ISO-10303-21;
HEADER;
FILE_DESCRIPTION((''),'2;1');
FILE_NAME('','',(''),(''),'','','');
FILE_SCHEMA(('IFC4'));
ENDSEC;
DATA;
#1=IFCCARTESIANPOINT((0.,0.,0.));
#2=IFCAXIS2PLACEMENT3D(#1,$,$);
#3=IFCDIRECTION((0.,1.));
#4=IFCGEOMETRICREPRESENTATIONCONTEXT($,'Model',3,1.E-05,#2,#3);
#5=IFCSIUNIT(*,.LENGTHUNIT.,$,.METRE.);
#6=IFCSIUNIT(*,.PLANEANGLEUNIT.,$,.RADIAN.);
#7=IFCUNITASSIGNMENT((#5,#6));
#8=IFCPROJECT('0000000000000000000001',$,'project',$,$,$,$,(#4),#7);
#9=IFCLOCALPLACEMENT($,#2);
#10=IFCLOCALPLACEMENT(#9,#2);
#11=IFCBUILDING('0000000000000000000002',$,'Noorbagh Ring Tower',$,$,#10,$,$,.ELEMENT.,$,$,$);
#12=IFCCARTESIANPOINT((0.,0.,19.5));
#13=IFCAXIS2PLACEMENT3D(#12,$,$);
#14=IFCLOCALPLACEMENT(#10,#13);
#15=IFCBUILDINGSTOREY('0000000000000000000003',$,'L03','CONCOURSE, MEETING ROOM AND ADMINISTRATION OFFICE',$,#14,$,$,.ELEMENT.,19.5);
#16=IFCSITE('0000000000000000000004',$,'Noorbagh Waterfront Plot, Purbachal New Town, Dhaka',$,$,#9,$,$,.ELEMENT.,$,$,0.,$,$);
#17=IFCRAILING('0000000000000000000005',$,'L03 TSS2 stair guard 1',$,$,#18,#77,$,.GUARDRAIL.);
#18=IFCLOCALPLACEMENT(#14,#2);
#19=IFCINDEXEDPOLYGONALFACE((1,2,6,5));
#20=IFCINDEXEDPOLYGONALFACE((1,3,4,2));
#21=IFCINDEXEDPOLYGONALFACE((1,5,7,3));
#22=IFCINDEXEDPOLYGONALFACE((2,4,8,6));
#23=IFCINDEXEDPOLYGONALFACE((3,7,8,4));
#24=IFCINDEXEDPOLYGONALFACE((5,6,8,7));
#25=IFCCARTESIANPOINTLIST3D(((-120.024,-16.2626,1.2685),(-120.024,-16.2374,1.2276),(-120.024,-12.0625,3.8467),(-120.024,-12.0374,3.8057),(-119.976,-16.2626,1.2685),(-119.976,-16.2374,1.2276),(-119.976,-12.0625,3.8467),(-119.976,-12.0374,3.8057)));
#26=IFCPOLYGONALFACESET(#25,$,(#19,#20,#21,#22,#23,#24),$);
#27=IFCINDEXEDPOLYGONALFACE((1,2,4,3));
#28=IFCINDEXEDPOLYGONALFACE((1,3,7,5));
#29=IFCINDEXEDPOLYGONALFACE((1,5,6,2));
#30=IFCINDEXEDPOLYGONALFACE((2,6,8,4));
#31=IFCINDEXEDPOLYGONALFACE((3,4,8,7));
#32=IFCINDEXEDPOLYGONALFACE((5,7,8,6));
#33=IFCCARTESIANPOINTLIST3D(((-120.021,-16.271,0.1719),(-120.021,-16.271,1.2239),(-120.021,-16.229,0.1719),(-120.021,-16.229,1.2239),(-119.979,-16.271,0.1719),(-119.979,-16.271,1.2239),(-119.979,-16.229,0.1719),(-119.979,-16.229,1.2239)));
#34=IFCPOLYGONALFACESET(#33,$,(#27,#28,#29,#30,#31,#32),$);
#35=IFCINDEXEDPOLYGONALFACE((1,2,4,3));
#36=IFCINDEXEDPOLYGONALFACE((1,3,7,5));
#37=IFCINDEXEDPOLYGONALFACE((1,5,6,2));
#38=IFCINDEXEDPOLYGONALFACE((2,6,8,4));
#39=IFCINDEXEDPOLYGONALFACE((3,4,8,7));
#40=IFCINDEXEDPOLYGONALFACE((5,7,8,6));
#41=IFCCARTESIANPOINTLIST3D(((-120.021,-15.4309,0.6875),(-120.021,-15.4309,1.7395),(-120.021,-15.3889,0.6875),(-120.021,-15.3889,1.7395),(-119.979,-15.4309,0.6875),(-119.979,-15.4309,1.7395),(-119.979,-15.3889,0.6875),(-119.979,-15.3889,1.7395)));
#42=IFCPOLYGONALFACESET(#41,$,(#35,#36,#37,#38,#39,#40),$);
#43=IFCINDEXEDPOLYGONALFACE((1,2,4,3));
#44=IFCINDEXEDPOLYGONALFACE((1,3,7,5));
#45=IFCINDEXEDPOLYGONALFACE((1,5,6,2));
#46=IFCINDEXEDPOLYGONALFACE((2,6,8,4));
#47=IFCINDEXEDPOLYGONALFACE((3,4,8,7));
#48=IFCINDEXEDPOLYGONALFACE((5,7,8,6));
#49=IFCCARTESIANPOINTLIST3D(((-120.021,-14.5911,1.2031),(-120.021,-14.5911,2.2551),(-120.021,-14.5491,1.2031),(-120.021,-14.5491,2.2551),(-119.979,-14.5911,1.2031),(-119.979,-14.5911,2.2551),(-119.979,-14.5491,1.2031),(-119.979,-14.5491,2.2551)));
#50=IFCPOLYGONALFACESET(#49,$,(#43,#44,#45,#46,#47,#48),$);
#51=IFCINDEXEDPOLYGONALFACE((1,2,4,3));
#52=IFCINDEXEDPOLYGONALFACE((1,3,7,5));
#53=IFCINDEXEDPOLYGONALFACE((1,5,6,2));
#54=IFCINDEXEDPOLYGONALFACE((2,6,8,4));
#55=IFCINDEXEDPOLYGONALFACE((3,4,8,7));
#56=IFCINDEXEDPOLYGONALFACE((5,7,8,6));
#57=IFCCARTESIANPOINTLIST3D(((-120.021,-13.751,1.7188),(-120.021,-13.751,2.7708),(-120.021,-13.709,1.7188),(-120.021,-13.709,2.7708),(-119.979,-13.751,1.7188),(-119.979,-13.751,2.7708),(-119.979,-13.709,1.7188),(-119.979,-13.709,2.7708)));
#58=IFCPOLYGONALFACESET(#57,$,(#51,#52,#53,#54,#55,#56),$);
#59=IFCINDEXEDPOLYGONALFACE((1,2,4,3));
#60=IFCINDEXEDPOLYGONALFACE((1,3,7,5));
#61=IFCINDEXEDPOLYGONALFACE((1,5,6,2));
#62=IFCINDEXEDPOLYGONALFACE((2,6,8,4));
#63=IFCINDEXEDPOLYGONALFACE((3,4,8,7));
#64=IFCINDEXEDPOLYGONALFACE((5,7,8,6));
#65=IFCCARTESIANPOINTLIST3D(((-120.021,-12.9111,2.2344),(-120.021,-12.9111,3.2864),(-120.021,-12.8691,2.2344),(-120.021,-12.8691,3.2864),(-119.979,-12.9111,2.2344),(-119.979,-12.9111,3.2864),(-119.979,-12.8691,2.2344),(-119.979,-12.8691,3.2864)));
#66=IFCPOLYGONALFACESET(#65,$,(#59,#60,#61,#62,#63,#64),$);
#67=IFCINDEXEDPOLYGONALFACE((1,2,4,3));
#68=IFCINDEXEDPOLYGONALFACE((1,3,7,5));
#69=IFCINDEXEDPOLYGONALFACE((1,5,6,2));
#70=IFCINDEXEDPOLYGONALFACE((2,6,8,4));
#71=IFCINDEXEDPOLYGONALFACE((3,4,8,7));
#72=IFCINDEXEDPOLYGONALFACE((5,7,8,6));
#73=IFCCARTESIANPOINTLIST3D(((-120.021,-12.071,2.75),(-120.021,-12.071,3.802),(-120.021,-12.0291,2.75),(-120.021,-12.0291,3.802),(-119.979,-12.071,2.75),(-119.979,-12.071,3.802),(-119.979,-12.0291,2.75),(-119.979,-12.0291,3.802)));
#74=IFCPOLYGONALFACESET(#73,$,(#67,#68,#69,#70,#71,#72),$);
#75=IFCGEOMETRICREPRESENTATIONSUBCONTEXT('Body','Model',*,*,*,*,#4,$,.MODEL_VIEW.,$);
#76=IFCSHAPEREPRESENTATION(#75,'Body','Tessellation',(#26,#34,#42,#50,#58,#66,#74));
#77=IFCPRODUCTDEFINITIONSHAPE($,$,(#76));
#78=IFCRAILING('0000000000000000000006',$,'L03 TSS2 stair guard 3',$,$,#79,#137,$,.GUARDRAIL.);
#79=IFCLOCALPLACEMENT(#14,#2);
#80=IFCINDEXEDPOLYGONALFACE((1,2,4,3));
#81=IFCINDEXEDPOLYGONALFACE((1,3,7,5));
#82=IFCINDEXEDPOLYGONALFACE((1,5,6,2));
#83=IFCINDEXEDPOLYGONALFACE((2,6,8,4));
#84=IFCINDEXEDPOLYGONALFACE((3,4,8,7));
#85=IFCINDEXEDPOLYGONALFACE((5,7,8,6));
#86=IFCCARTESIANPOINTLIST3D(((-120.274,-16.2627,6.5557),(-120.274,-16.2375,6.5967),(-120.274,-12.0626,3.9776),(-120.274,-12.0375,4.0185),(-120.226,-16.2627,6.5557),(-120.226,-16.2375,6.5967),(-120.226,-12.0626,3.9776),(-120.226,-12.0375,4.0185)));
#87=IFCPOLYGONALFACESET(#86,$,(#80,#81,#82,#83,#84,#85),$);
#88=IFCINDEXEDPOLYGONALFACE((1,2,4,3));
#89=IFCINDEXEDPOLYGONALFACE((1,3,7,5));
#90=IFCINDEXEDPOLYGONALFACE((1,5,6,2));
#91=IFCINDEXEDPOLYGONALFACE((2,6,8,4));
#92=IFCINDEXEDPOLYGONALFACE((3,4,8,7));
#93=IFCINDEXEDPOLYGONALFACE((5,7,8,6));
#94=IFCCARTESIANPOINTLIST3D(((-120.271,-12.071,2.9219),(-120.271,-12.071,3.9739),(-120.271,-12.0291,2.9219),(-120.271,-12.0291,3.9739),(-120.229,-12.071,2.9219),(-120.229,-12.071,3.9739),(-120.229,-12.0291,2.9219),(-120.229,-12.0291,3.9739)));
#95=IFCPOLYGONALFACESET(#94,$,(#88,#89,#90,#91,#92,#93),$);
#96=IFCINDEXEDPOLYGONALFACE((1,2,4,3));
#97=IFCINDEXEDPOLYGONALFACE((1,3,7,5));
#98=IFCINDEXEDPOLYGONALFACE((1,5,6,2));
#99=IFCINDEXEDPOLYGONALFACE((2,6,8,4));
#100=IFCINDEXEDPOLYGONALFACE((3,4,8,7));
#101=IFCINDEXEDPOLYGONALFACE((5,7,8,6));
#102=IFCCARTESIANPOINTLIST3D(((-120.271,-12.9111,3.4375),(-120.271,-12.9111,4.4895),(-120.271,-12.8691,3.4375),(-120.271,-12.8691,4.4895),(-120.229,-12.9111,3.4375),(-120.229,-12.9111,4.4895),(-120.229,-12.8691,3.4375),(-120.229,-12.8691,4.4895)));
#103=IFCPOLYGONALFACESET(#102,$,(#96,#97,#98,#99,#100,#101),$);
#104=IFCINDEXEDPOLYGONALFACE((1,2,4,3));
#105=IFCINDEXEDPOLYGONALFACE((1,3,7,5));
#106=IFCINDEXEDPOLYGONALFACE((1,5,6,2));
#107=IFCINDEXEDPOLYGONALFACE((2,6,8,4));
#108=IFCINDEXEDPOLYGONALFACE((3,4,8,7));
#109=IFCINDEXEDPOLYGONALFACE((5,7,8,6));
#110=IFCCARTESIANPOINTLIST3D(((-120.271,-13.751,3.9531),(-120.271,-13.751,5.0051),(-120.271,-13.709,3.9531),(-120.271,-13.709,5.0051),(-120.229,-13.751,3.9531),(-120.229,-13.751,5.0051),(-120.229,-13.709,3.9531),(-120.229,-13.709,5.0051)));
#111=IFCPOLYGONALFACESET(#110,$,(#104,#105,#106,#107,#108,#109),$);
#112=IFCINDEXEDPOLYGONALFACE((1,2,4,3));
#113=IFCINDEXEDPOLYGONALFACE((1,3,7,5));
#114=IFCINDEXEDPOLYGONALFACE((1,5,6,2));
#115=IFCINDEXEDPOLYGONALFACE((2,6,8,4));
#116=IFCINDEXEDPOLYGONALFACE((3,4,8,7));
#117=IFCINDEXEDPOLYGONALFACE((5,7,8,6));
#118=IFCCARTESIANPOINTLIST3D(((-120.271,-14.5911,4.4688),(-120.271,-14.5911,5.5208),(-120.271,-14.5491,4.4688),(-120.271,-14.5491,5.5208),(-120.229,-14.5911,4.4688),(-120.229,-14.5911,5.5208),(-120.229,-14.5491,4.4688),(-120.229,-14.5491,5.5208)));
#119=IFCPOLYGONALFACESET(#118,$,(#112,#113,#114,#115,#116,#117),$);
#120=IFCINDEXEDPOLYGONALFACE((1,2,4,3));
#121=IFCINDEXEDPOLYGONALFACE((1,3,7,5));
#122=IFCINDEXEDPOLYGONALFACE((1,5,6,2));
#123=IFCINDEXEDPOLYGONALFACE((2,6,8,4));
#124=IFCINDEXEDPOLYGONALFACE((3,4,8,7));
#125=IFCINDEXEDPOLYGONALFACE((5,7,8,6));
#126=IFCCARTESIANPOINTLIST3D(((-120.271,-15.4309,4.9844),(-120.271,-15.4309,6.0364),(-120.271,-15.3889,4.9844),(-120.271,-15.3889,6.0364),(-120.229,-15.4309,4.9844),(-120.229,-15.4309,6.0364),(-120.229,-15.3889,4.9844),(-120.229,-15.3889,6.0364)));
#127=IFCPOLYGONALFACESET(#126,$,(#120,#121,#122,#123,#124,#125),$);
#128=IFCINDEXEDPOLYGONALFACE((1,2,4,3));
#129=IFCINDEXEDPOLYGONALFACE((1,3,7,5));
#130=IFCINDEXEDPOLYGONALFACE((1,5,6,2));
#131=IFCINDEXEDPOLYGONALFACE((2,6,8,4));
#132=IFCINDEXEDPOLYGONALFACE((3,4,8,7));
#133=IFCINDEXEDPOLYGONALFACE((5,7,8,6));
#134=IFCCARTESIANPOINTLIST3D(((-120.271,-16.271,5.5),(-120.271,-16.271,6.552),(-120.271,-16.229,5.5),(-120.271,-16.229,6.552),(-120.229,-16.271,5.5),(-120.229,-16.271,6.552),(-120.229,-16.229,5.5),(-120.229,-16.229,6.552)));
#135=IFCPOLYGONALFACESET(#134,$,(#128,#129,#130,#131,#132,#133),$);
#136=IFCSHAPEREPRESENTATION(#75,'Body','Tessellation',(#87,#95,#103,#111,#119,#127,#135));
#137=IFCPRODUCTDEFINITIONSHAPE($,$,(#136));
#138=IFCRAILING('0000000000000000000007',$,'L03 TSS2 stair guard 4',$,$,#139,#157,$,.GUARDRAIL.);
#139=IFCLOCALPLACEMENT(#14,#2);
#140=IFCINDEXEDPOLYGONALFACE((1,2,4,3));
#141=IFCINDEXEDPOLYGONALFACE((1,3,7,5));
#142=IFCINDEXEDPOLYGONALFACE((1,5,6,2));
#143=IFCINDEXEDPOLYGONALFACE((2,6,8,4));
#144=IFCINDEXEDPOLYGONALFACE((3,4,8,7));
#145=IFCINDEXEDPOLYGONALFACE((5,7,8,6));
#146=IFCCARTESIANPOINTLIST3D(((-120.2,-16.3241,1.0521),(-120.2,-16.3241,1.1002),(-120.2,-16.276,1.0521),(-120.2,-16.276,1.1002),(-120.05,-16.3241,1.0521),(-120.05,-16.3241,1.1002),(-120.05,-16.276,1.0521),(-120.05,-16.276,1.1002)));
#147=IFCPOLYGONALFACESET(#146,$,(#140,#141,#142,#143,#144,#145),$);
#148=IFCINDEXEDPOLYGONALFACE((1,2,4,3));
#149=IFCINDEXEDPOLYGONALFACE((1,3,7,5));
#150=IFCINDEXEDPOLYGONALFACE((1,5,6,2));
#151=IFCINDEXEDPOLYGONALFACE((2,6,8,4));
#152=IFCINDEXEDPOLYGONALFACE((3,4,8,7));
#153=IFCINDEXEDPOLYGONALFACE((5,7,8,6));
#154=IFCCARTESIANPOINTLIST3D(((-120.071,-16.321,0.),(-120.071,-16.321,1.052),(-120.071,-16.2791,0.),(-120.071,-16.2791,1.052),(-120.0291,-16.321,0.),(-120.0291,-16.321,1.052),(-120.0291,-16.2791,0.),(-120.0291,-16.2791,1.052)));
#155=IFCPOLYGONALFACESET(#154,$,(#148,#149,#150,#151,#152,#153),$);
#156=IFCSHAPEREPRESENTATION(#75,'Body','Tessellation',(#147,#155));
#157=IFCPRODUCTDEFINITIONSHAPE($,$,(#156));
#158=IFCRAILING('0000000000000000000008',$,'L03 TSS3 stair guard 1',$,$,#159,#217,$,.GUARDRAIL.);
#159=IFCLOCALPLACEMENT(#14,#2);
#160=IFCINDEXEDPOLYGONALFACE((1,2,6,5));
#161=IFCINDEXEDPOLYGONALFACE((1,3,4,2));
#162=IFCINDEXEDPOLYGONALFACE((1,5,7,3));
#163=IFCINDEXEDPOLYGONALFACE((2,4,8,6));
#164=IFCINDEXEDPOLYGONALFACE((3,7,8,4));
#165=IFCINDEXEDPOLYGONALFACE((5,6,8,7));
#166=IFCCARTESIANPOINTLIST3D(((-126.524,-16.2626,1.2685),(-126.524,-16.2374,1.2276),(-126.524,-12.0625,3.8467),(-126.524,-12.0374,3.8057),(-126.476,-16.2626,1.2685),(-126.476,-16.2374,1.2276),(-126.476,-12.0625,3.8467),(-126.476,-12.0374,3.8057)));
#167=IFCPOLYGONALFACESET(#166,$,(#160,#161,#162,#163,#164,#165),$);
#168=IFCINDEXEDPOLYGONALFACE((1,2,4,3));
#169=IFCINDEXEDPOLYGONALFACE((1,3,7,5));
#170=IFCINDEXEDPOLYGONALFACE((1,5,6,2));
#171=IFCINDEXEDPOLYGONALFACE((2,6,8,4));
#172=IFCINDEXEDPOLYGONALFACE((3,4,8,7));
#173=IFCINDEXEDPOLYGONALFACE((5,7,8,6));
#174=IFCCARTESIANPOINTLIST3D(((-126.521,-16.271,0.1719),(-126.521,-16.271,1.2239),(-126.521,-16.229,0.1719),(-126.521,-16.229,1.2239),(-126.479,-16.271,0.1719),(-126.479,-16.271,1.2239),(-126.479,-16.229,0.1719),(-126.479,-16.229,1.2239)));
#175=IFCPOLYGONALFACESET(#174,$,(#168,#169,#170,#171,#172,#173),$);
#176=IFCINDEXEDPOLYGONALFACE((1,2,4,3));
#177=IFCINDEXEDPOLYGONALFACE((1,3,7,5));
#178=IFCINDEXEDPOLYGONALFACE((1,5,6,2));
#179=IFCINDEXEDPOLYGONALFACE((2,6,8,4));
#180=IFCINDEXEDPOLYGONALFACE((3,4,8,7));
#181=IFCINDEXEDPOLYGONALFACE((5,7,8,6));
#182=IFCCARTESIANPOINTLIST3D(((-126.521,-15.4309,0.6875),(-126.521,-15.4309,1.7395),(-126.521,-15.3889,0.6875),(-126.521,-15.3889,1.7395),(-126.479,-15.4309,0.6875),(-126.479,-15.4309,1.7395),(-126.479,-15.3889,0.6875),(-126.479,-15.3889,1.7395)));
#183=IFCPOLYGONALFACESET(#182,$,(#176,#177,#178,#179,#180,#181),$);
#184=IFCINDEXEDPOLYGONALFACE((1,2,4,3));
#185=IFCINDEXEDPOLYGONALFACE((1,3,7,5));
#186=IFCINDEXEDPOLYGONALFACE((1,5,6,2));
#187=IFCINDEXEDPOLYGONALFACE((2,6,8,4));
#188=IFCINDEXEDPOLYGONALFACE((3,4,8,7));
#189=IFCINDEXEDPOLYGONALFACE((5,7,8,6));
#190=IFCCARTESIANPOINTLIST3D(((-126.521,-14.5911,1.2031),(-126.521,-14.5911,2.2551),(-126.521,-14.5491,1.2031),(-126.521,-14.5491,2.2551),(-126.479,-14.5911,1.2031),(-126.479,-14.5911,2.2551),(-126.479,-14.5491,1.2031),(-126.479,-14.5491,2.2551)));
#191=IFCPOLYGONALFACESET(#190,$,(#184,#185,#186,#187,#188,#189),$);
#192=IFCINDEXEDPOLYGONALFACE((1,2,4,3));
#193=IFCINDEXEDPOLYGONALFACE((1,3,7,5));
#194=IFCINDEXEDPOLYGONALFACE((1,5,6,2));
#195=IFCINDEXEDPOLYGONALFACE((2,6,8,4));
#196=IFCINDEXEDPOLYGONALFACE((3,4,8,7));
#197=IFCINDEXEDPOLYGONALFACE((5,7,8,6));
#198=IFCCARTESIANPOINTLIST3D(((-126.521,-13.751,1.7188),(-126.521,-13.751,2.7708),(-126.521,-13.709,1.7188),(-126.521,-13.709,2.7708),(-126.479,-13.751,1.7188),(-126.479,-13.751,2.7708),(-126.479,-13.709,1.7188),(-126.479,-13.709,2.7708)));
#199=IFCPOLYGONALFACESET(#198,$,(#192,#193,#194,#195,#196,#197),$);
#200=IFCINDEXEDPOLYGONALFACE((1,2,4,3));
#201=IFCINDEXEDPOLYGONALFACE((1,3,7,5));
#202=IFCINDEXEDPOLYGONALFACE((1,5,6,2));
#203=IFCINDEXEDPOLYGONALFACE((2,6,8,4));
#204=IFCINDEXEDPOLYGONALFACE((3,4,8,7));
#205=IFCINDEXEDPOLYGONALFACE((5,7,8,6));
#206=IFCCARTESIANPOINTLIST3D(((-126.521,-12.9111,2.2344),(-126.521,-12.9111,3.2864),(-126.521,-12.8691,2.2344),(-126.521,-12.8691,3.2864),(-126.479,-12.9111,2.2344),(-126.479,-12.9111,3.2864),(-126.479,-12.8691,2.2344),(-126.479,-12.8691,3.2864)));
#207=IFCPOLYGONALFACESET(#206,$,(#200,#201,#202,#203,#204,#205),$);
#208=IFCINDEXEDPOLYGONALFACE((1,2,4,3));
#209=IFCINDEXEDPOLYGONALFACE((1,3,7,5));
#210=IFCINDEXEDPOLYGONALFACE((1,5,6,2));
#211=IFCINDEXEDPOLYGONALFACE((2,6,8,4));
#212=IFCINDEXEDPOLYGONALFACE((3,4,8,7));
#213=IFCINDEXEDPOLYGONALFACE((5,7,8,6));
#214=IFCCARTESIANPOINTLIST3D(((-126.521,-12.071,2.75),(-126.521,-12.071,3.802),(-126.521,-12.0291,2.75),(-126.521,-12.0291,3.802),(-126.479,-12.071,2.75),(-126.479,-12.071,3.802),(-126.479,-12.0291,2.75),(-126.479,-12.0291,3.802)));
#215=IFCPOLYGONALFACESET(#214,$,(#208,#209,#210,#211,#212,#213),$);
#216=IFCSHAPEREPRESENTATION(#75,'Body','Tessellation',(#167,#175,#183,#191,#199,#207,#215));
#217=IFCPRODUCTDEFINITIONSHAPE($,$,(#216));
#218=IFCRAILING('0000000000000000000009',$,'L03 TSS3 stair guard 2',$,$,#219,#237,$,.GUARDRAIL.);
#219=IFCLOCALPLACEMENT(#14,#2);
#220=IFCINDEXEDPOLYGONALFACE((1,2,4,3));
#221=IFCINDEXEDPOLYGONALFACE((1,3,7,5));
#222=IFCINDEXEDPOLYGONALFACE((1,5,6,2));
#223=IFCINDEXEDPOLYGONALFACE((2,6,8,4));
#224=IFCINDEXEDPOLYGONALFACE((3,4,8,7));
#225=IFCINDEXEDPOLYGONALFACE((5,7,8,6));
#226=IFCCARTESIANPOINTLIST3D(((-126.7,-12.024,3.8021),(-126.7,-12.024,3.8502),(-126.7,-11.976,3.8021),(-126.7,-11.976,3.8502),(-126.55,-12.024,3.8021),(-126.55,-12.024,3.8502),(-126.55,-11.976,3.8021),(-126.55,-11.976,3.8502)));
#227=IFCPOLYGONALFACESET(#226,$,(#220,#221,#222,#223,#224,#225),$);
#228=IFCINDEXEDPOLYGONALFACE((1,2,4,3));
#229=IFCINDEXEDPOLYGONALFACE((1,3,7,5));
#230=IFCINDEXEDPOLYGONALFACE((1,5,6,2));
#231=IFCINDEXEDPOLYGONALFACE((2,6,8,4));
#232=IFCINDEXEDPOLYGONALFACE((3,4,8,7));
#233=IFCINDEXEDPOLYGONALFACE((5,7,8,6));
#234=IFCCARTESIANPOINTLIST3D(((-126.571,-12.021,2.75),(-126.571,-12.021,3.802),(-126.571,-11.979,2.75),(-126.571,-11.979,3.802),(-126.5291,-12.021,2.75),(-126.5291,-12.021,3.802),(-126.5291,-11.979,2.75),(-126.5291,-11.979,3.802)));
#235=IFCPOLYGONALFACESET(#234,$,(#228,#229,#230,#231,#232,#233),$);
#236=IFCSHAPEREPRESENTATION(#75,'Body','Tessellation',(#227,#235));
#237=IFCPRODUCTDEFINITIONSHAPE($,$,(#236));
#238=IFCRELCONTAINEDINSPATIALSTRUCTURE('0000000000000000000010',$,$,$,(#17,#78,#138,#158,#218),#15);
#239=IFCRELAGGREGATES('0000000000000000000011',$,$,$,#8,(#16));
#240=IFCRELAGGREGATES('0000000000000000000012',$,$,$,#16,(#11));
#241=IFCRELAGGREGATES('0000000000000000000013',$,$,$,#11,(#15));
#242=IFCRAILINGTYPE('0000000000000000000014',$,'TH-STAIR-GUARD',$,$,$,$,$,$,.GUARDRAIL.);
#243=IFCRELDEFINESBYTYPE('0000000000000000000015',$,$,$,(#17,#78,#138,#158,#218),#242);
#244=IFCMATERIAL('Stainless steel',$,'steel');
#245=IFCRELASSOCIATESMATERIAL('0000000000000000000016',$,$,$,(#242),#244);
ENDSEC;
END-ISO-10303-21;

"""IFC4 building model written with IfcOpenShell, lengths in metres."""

from ifc_helpers import new_model, si_unit, direction, frame, origin, origin_2d, place, context, subcontext, project, spatial, rectangle, extrude, material, type_object, element, save


model = new_model("IFC4")

# Units and contexts
model_context = context("Model", 3, precision=1e-05, world=origin(), true_north=direction((0.0, 1.0)))
body_context = subcontext(model_context, "Body", "Model", "MODEL_VIEW")
ifc_project = project(units=[si_unit("LENGTHUNIT", "METRE"), si_unit("PLANEANGLEUNIT", "RADIAN")], contexts=[model_context])

# Site, building, storey
site_placement = place(None, origin())
site = spatial("IfcSite", under=ifc_project, at=site_placement, Name="Noorbagh Waterfront Plot, Purbachal New Town, Dhaka", CompositionType="ELEMENT", RefElevation=0.0)
building_placement = place(site_placement, origin())
building = spatial("IfcBuilding", under=site, at=building_placement, Name="Noorbagh Ring Tower", CompositionType="ELEMENT")
storey_placement = place(building_placement, frame((0.0, 0.0, 19.5)))
storey = spatial("IfcBuildingStorey", under=building, at=storey_placement, Name="L03", Description="CONCOURSE, MEETING ROOM AND ADMINISTRATION OFFICE", CompositionType="ELEMENT", Elevation=19.5)

# Railings
ifc_material_1 = material(Name="Stainless steel", Category="steel")
railing_type_1 = type_object("IfcRailingType", Name="TH-STAIR-GUARD", PredefinedType="GUARDRAIL", material=ifc_material_1)
railing_1_placement = place(storey_placement, frame((-120.0, -16.25, 0.1719)))
element("IfcRailing", 1, at=railing_1_placement, inside=storey, type_object=railing_type_1, Name="L03 TSS2 stair guard 1", PredefinedType="GUARDRAIL", context=body_context, shape_type="SweptSolid", body=[
    extrude(rectangle(XDim=0.0481, YDim=0.0481, at=origin_2d()), frame((0.0, 0.0, 1.0762), z_axis=(0.0, 0.852243, 0.523146), x_axis=(-1.0, 0.0, 0.0)), (0.0, 0.0, 1.0), 4.9282),
    extrude(rectangle(XDim=0.042, YDim=0.042, at=origin_2d()), origin(), (0.0, 0.0, 1.0), 1.052),
    extrude(rectangle(XDim=0.042, YDim=0.042, at=origin_2d()), frame((0.0, 0.8401, 0.5156)), (0.0, 0.0, 1.0), 1.052),
    extrude(rectangle(XDim=0.042, YDim=0.042, at=origin_2d()), frame((0.0, 1.6799, 1.0312)), (0.0, 0.0, 1.0), 1.052),
    extrude(rectangle(XDim=0.042, YDim=0.042, at=origin_2d()), frame((0.0, 2.52, 1.5469)), (0.0, 0.0, 1.0), 1.052),
    extrude(rectangle(XDim=0.042, YDim=0.042, at=origin_2d()), frame((0.0, 3.3599, 2.0625)), (0.0, 0.0, 1.0), 1.052),
    extrude(rectangle(XDim=0.042, YDim=0.042, at=origin_2d()), frame((0.0, 4.2, 2.5781)), (0.0, 0.0, 1.0), 1.052),
])
railing_2_placement = place(storey_placement, frame((-120.25, -12.05, 2.9219)))
element("IfcRailing", 2, at=railing_2_placement, inside=storey, type_object=railing_type_1, Name="L03 TSS2 stair guard 3", PredefinedType="GUARDRAIL", context=body_context, shape_type="SweptSolid", body=[
    extrude(rectangle(XDim=0.0481, YDim=0.0481, at=origin_2d()), frame((0.0, 0.0, 1.0762), z_axis=(0.0, -0.852243, 0.523146), x_axis=(1.0, 0.0, 0.0)), (0.0, 0.0, 1.0), 4.9282),
    extrude(rectangle(XDim=0.042, YDim=0.042, at=origin_2d()), origin(), (0.0, 0.0, 1.0), 1.052),
    extrude(rectangle(XDim=0.042, YDim=0.042, at=origin_2d()), frame((0.0, -0.8401, 0.5156)), (0.0, 0.0, 1.0), 1.052),
    extrude(rectangle(XDim=0.042, YDim=0.042, at=origin_2d()), frame((0.0, -1.6799, 1.0312)), (0.0, 0.0, 1.0), 1.052),
    extrude(rectangle(XDim=0.042, YDim=0.042, at=origin_2d()), frame((0.0, -2.52, 1.5469)), (0.0, 0.0, 1.0), 1.052),
    extrude(rectangle(XDim=0.042, YDim=0.042, at=origin_2d()), frame((0.0, -3.3599, 2.0625)), (0.0, 0.0, 1.0), 1.052),
    extrude(rectangle(XDim=0.042, YDim=0.042, at=origin_2d()), frame((0.0, -4.2, 2.5781)), (0.0, 0.0, 1.0), 1.052),
])
railing_3_placement = place(storey_placement, frame((-120.05, -16.3, 0.0)))
element("IfcRailing", 3, at=railing_3_placement, inside=storey, type_object=railing_type_1, Name="L03 TSS2 stair guard 4", PredefinedType="GUARDRAIL", context=body_context, shape_type="SweptSolid", body=[
    extrude(rectangle(XDim=0.0481, YDim=0.0481, at=origin_2d()), frame((0.0, 0.0, 1.0762), z_axis=(-1.0, 0.0, 0.0), x_axis=(0.0, -1.0, 0.0)), (0.0, 0.0, 1.0), 0.1499),
    extrude(rectangle(XDim=0.042, YDim=0.042, at=origin_2d()), origin(), (0.0, 0.0, 1.0), 1.052),
])
railing_4_placement = place(storey_placement, frame((-126.5, -16.25, 0.1719)))
element("IfcRailing", 4, at=railing_4_placement, inside=storey, type_object=railing_type_1, Name="L03 TSS3 stair guard 1", PredefinedType="GUARDRAIL", context=body_context, shape_type="SweptSolid", body=[
    extrude(rectangle(XDim=0.0481, YDim=0.0481, at=origin_2d()), frame((0.0, 0.0, 1.0762), z_axis=(0.0, 0.852243, 0.523146), x_axis=(-1.0, 0.0, 0.0)), (0.0, 0.0, 1.0), 4.9282),
    extrude(rectangle(XDim=0.042, YDim=0.042, at=origin_2d()), origin(), (0.0, 0.0, 1.0), 1.052),
    extrude(rectangle(XDim=0.042, YDim=0.042, at=origin_2d()), frame((0.0, 0.8401, 0.5156)), (0.0, 0.0, 1.0), 1.052),
    extrude(rectangle(XDim=0.042, YDim=0.042, at=origin_2d()), frame((0.0, 1.6799, 1.0312)), (0.0, 0.0, 1.0), 1.052),
    extrude(rectangle(XDim=0.042, YDim=0.042, at=origin_2d()), frame((0.0, 2.52, 1.5469)), (0.0, 0.0, 1.0), 1.052),
    extrude(rectangle(XDim=0.042, YDim=0.042, at=origin_2d()), frame((0.0, 3.3599, 2.0625)), (0.0, 0.0, 1.0), 1.052),
    extrude(rectangle(XDim=0.042, YDim=0.042, at=origin_2d()), frame((0.0, 4.2, 2.5781)), (0.0, 0.0, 1.0), 1.052),
])
railing_5_placement = place(storey_placement, frame((-126.55, -12.0, 2.75)))
element("IfcRailing", 5, at=railing_5_placement, inside=storey, type_object=railing_type_1, Name="L03 TSS3 stair guard 2", PredefinedType="GUARDRAIL", context=body_context, shape_type="SweptSolid", body=[
    extrude(rectangle(XDim=0.0481, YDim=0.0481, at=origin_2d()), frame((0.0, 0.0, 1.0762), z_axis=(-1.0, 0.0, 0.0), x_axis=(0.0, -1.0, 0.0)), (0.0, 0.0, 1.0), 0.1499),
    extrude(rectangle(XDim=0.042, YDim=0.042, at=origin_2d()), origin(), (0.0, 0.0, 1.0), 1.052),
])

save(model, "model.ifc")
